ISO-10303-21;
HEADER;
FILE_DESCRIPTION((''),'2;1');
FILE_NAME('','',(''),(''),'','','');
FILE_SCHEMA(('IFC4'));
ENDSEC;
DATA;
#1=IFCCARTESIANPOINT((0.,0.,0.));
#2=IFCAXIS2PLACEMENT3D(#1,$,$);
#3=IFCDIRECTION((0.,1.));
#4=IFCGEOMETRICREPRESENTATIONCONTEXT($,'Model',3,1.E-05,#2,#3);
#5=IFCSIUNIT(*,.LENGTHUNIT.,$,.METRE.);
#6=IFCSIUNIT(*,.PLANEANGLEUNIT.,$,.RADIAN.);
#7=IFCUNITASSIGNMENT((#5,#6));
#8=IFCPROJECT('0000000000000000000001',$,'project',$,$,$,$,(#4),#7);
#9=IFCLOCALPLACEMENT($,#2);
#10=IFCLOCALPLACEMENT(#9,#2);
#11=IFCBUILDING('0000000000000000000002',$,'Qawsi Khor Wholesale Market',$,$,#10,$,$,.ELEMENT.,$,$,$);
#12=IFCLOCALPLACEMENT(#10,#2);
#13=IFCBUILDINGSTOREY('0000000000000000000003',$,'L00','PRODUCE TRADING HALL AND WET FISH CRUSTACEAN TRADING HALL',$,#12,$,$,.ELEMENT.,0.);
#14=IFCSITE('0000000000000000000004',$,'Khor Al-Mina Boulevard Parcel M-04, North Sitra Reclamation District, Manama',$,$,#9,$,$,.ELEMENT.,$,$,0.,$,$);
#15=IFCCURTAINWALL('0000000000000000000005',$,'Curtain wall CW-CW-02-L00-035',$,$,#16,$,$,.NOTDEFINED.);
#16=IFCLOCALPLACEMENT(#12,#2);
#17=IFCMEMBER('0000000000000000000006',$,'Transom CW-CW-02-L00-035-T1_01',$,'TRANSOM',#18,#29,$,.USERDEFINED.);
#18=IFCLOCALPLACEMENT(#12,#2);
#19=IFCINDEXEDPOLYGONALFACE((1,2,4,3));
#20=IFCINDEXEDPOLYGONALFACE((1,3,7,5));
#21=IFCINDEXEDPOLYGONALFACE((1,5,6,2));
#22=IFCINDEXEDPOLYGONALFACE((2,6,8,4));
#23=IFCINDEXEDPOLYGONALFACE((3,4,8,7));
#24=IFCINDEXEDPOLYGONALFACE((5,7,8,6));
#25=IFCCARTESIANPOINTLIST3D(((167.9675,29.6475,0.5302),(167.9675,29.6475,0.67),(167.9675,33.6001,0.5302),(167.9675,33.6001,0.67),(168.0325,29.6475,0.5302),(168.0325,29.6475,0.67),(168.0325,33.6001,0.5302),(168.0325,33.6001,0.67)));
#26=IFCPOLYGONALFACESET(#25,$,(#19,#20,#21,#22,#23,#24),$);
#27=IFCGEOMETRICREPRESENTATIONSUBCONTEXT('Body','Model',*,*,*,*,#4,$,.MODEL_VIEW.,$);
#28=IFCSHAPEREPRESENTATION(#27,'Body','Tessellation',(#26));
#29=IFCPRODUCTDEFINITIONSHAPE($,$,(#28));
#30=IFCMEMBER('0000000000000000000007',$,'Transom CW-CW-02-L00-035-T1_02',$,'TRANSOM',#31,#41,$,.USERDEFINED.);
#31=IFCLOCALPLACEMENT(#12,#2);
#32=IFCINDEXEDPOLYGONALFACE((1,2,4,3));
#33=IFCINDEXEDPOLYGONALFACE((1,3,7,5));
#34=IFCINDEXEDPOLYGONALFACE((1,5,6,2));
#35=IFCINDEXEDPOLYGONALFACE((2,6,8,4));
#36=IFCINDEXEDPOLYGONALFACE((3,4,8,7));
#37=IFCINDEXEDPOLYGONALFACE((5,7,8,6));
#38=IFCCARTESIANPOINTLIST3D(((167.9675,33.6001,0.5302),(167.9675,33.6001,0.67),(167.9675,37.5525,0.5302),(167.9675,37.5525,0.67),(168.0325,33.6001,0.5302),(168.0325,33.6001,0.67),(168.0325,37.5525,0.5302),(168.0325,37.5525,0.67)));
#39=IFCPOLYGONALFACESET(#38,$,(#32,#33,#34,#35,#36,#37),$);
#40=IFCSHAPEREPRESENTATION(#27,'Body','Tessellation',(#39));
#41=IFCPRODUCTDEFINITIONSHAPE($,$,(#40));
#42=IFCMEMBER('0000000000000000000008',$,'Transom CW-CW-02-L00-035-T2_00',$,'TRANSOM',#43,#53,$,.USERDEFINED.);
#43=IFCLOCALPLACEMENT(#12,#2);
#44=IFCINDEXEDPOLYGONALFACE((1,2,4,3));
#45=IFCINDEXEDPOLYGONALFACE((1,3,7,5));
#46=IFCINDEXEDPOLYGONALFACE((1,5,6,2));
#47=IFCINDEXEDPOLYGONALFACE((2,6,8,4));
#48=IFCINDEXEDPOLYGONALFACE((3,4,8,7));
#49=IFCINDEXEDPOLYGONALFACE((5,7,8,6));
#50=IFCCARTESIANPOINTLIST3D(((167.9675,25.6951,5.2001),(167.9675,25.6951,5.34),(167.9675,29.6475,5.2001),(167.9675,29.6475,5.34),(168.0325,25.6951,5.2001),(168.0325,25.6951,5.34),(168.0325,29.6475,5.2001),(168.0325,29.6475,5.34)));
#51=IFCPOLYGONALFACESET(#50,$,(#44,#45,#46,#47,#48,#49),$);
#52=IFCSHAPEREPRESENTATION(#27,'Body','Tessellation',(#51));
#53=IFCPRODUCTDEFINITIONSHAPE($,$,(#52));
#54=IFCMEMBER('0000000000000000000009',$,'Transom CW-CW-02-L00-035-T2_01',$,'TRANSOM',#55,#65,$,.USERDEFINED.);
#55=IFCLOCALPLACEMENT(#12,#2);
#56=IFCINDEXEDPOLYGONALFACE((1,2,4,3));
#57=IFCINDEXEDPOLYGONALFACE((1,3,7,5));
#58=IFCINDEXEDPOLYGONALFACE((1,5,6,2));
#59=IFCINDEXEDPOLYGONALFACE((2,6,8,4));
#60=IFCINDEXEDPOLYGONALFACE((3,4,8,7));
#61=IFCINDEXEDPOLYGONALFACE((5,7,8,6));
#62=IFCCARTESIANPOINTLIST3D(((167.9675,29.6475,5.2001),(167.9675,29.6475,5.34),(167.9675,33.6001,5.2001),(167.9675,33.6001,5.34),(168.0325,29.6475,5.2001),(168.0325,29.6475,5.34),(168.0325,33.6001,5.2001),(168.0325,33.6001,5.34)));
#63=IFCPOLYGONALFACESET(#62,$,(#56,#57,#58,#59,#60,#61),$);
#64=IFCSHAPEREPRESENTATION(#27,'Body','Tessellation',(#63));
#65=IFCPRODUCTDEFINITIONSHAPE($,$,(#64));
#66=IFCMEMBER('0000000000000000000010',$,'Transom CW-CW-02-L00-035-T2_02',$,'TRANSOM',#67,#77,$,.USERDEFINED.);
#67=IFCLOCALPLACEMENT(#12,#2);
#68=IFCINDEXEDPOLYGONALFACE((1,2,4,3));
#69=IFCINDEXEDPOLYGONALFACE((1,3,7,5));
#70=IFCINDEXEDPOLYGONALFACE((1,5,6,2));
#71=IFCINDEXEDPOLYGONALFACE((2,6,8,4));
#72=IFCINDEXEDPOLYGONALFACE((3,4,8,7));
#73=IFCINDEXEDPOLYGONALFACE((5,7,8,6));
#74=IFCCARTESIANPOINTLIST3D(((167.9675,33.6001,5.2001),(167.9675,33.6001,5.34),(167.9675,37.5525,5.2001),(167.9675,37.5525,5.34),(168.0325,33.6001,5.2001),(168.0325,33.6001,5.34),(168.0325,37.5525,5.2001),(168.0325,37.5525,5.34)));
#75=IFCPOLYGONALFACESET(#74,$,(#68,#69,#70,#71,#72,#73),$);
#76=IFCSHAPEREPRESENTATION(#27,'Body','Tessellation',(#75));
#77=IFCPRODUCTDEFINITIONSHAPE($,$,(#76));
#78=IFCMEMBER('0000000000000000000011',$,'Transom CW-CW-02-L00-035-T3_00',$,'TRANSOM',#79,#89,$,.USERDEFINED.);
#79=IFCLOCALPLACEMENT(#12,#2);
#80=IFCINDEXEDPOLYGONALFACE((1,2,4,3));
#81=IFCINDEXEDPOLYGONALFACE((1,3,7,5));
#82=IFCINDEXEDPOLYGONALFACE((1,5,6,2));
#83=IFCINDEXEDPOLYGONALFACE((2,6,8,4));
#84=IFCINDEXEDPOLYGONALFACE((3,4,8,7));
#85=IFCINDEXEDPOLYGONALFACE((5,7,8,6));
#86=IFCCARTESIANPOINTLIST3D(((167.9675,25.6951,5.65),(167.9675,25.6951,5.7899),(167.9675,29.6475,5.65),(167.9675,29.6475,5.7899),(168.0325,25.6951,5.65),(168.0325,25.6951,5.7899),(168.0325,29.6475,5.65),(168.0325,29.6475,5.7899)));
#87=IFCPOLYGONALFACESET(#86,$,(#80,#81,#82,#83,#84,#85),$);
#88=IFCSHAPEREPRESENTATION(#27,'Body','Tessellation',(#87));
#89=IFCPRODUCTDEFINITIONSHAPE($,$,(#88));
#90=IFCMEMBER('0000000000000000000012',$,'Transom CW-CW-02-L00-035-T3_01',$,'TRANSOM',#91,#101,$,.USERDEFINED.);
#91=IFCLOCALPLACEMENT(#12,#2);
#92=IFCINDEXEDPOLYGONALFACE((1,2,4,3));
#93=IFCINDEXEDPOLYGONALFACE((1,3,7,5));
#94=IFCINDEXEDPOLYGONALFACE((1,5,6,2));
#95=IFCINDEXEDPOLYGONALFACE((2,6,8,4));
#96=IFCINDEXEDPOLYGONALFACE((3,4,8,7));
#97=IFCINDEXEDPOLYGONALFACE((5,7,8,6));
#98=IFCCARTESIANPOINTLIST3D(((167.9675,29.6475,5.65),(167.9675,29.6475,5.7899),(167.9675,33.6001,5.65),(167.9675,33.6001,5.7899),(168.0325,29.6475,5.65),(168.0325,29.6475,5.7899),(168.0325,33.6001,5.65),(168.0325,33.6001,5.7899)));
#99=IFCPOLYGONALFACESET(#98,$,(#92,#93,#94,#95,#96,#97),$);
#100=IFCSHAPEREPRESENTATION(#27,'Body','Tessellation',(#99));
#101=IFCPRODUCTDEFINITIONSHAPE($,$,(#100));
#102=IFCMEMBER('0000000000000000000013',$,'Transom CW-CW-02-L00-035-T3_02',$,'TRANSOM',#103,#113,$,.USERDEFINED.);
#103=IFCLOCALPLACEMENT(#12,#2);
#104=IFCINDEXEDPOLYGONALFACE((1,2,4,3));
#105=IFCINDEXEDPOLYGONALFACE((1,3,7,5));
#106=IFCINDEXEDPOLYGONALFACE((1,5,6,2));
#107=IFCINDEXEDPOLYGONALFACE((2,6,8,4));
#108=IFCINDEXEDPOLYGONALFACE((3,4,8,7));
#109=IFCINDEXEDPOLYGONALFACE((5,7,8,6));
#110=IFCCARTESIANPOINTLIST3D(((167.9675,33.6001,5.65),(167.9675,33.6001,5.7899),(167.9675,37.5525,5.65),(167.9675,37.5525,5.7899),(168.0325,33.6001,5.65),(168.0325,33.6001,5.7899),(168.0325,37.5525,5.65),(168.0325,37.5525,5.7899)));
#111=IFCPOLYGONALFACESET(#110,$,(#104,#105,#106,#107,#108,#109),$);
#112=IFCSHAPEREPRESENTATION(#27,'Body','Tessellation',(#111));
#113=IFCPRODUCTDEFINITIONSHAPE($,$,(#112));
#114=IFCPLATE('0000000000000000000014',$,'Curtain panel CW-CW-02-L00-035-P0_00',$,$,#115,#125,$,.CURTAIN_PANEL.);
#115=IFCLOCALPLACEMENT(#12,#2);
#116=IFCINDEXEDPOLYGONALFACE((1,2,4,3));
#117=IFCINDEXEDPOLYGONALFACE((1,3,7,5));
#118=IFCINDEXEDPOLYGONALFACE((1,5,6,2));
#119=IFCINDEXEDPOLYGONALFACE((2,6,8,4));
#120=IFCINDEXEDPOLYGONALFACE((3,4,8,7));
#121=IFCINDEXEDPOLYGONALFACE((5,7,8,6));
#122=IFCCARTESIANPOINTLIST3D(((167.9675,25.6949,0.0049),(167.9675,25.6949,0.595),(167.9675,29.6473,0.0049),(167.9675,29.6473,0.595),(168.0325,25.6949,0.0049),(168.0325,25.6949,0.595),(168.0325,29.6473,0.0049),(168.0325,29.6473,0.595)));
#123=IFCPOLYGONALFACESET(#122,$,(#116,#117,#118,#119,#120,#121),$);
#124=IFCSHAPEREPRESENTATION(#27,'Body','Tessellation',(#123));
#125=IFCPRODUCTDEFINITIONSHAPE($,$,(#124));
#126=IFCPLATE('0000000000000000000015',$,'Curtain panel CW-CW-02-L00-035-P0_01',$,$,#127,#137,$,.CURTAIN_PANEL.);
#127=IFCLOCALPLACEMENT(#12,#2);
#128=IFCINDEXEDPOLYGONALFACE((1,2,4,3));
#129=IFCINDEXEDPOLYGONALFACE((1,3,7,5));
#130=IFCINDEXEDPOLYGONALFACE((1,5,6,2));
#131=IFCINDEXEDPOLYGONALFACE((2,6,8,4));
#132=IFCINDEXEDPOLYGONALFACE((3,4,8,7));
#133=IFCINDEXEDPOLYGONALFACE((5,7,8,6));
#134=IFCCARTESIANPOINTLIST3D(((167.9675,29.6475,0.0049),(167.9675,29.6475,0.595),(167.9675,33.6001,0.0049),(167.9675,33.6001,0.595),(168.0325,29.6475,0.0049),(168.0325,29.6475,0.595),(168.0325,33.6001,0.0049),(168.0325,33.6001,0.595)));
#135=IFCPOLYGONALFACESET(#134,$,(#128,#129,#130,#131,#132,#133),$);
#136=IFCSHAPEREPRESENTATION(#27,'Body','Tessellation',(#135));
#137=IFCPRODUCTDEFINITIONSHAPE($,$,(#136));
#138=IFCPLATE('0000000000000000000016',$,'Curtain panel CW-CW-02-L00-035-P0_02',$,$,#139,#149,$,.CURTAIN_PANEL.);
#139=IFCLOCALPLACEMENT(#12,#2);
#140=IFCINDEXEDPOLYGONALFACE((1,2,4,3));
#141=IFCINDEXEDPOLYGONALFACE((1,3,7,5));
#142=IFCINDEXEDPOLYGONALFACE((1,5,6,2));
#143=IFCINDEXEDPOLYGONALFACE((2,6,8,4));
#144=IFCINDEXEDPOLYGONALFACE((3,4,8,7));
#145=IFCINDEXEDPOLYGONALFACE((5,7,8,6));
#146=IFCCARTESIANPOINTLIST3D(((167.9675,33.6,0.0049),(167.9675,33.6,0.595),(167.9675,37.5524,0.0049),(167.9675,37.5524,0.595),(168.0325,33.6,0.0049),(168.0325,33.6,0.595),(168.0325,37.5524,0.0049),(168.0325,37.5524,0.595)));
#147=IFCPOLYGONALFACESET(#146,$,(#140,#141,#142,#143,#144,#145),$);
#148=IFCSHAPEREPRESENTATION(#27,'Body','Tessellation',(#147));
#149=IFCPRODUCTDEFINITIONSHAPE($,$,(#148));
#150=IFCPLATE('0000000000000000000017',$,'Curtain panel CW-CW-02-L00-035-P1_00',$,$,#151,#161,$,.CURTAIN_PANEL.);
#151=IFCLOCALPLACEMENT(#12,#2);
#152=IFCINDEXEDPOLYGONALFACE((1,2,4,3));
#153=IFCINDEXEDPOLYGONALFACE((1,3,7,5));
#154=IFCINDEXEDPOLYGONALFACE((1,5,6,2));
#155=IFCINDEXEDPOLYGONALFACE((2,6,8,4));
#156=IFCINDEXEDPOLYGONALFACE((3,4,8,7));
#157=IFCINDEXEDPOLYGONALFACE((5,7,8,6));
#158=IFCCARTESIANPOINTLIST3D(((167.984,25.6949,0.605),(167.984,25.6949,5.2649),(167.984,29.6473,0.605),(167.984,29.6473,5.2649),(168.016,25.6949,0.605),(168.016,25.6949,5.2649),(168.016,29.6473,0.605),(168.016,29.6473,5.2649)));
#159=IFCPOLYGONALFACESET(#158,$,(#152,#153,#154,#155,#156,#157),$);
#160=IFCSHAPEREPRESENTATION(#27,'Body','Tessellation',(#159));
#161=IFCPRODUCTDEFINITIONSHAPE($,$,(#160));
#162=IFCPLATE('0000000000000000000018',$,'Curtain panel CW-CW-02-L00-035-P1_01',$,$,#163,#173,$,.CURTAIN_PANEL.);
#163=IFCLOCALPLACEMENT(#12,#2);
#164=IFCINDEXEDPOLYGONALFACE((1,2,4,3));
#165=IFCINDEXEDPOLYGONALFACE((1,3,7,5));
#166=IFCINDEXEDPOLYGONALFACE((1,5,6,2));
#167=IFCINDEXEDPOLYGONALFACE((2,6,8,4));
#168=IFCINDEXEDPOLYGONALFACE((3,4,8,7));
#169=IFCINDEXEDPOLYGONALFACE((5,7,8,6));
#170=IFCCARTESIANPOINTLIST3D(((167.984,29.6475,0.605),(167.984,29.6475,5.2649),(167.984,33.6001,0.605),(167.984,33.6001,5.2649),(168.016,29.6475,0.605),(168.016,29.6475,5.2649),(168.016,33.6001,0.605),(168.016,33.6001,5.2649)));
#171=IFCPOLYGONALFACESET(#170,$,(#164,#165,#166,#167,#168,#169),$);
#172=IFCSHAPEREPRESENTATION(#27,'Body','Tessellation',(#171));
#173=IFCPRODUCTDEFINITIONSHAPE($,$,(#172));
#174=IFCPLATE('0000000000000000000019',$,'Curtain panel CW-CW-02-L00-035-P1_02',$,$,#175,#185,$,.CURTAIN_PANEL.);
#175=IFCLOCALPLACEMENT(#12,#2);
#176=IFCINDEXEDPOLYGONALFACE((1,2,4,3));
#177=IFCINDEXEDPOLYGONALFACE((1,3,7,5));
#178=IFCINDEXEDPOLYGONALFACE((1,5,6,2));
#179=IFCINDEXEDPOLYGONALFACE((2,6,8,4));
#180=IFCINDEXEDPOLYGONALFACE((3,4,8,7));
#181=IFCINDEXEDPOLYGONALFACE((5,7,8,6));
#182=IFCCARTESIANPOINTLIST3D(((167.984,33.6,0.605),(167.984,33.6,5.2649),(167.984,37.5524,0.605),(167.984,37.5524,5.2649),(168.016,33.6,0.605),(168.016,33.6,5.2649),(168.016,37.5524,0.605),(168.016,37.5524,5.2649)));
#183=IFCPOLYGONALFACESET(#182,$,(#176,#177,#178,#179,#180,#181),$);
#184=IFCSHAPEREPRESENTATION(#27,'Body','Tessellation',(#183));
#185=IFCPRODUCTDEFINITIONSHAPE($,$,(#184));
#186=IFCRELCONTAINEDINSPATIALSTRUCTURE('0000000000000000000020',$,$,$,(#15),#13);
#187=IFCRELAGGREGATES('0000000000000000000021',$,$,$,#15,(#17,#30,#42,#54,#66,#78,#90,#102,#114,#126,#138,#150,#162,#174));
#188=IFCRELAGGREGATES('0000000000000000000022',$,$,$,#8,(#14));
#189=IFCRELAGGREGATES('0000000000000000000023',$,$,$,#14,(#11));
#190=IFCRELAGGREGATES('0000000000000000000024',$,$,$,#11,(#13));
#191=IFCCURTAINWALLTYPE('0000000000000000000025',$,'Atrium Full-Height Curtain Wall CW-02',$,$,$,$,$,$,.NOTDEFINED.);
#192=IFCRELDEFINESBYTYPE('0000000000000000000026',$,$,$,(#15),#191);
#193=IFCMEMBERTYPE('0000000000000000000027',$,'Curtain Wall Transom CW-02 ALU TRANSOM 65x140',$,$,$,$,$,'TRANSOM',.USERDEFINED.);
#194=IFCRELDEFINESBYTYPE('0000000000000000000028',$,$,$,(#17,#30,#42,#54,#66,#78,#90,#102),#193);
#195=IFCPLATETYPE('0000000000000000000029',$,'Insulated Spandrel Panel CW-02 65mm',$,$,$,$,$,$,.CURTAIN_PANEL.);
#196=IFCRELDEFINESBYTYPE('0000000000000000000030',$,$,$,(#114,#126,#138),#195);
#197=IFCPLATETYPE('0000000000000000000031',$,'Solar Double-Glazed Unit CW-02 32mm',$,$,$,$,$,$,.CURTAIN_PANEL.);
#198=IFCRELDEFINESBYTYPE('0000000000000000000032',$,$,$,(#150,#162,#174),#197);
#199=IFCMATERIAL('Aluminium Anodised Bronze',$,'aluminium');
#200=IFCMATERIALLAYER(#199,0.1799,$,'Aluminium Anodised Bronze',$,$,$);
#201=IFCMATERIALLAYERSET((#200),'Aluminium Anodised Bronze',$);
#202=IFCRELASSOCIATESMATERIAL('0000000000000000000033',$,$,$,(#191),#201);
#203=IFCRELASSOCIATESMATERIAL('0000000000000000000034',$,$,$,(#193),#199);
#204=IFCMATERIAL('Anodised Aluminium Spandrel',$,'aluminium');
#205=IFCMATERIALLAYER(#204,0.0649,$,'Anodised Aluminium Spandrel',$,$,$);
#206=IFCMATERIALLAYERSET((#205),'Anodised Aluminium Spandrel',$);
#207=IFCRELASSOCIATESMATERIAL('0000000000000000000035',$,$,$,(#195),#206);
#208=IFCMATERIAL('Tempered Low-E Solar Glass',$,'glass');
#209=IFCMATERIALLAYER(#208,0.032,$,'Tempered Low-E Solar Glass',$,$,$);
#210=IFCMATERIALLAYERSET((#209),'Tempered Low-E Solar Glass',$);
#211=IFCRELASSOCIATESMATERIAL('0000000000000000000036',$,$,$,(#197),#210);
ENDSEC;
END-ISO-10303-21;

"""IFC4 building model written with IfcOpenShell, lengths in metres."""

from ifc_helpers import new_model, si_unit, direction, frame, frame_2d, origin, origin_2d, place, context, subcontext, project, spatial, rectangle, extrude, material, layer, layer_set, material_profile, profile_set, type_object, element, aggregate, save


model = new_model("IFC4")

# Units and contexts
model_context = context("Model", 3, precision=1e-05, world=origin(), true_north=direction((0.0, 1.0)))
body_context = subcontext(model_context, "Body", "Model", "MODEL_VIEW")
ifc_project = project(units=[si_unit("LENGTHUNIT", "METRE"), si_unit("PLANEANGLEUNIT", "RADIAN")], contexts=[model_context])

# Site, building, storey
site_placement = place(None, origin())
site = spatial("IfcSite", under=ifc_project, at=site_placement, Name="Khor Al-Mina Boulevard Parcel M-04, North Sitra Reclamation District, Manama", CompositionType="ELEMENT", RefElevation=0.0)
building_placement = place(site_placement, origin())
building = spatial("IfcBuilding", under=site, at=building_placement, Name="Qawsi Khor Wholesale Market", CompositionType="ELEMENT")
storey_placement = place(building_placement, origin())
storey = spatial("IfcBuildingStorey", under=building, at=storey_placement, Name="L00", Description="PRODUCE TRADING HALL AND WET FISH CRUSTACEAN TRADING HALL", CompositionType="ELEMENT", Elevation=0.0)

# Shared definitions
ifc_material_1 = material(Name="Aluminium Anodised Bronze", Category="aluminium")
ifc_layer_1 = layer(ifc_material_1, 0.1799, Name="Aluminium Anodised Bronze")
ifc_layer_set_1 = layer_set([ifc_layer_1], Name="Aluminium Anodised Bronze")
curtain_wall_type = type_object("IfcCurtainWallType", Name="Atrium Full-Height Curtain Wall CW-02", PredefinedType="NOTDEFINED", material=ifc_layer_set_1)

# Curtain wall, members, plates
curtain_wall_1_placement = place(storey_placement, origin())
curtain_wall_1 = element("IfcCurtainWall", 1, at=curtain_wall_1_placement, inside=storey, type_object=curtain_wall_type, Name="Curtain wall CW-CW-02-L00-035", PredefinedType="NOTDEFINED")
ifc_material_profile_1 = material_profile(ifc_material_1, rectangle(XDim=0.0649, YDim=0.1399, at=origin_2d()), Name="ALU TRANSOM 65x140")
ifc_profile_set_1 = profile_set([ifc_material_profile_1], Name="Aluminium Anodised Bronze")
member_type_1 = type_object("IfcMemberType", Name="Curtain Wall Transom CW-02 ALU TRANSOM 65x140", ElementType="TRANSOM", PredefinedType="USERDEFINED", material=ifc_profile_set_1)
member_1_placement = place(storey_placement, frame((168.0, 29.6475, 0.6001), z_axis=(0.0, 1.0, 0.0), x_axis=(-1.0, 0.0, 0.0)))
member_1 = element("IfcMember", 2, at=member_1_placement, type_object=member_type_1, Name="Transom CW-CW-02-L00-035-T1_01", ObjectType="TRANSOM", PredefinedType="USERDEFINED", context=body_context, shape_type="SweptSolid", body=[
    extrude(rectangle(XDim=0.0649, YDim=0.1399, at=origin_2d()), origin(), (0.0, 0.0, 1.0), 3.9526),
])
member_2_placement = place(storey_placement, frame((168.0, 33.6001, 0.6001), z_axis=(0.0, 1.0, 0.0), x_axis=(-1.0, 0.0, 0.0)))
member_2 = element("IfcMember", 3, at=member_2_placement, type_object=member_type_1, Name="Transom CW-CW-02-L00-035-T1_02", ObjectType="TRANSOM", PredefinedType="USERDEFINED", context=body_context, shape_type="SweptSolid", body=[
    extrude(rectangle(XDim=0.0649, YDim=0.1399, at=origin_2d()), origin(), (0.0, 0.0, 1.0), 3.9524),
])
member_3_placement = place(storey_placement, frame((168.0, 25.6951, 5.27), z_axis=(0.0, 1.0, 0.0), x_axis=(-1.0, 0.0, 0.0)))
member_3 = element("IfcMember", 4, at=member_3_placement, type_object=member_type_1, Name="Transom CW-CW-02-L00-035-T2_00", ObjectType="TRANSOM", PredefinedType="USERDEFINED", context=body_context, shape_type="SweptSolid", body=[
    extrude(rectangle(XDim=0.0649, YDim=0.1399, at=origin_2d()), origin(), (0.0, 0.0, 1.0), 3.9524),
])
member_4_placement = place(storey_placement, frame((168.0, 29.6475, 5.27), z_axis=(0.0, 1.0, 0.0), x_axis=(-1.0, 0.0, 0.0)))
member_4 = element("IfcMember", 5, at=member_4_placement, type_object=member_type_1, Name="Transom CW-CW-02-L00-035-T2_01", ObjectType="TRANSOM", PredefinedType="USERDEFINED", context=body_context, shape_type="SweptSolid", body=[
    extrude(rectangle(XDim=0.0649, YDim=0.1399, at=origin_2d()), origin(), (0.0, 0.0, 1.0), 3.9526),
])
member_5_placement = place(storey_placement, frame((168.0, 33.6001, 5.27), z_axis=(0.0, 1.0, 0.0), x_axis=(-1.0, 0.0, 0.0)))
member_5 = element("IfcMember", 6, at=member_5_placement, type_object=member_type_1, Name="Transom CW-CW-02-L00-035-T2_02", ObjectType="TRANSOM", PredefinedType="USERDEFINED", context=body_context, shape_type="SweptSolid", body=[
    extrude(rectangle(XDim=0.0649, YDim=0.1399, at=origin_2d()), origin(), (0.0, 0.0, 1.0), 3.9524),
])
member_6_placement = place(storey_placement, frame((168.0, 25.6951, 5.72), z_axis=(0.0, 1.0, 0.0), x_axis=(-1.0, 0.0, 0.0)))
member_6 = element("IfcMember", 7, at=member_6_placement, type_object=member_type_1, Name="Transom CW-CW-02-L00-035-T3_00", ObjectType="TRANSOM", PredefinedType="USERDEFINED", context=body_context, shape_type="SweptSolid", body=[
    extrude(rectangle(XDim=0.0649, YDim=0.1399, at=origin_2d()), origin(), (0.0, 0.0, 1.0), 3.9524),
])
member_7_placement = place(storey_placement, frame((168.0, 29.6475, 5.72), z_axis=(0.0, 1.0, 0.0), x_axis=(-1.0, 0.0, 0.0)))
member_7 = element("IfcMember", 8, at=member_7_placement, type_object=member_type_1, Name="Transom CW-CW-02-L00-035-T3_01", ObjectType="TRANSOM", PredefinedType="USERDEFINED", context=body_context, shape_type="SweptSolid", body=[
    extrude(rectangle(XDim=0.0649, YDim=0.1399, at=origin_2d()), origin(), (0.0, 0.0, 1.0), 3.9526),
])
member_8_placement = place(storey_placement, frame((168.0, 33.6001, 5.72), z_axis=(0.0, 1.0, 0.0), x_axis=(-1.0, 0.0, 0.0)))
member_8 = element("IfcMember", 9, at=member_8_placement, type_object=member_type_1, Name="Transom CW-CW-02-L00-035-T3_02", ObjectType="TRANSOM", PredefinedType="USERDEFINED", context=body_context, shape_type="SweptSolid", body=[
    extrude(rectangle(XDim=0.0649, YDim=0.1399, at=origin_2d()), origin(), (0.0, 0.0, 1.0), 3.9524),
])
ifc_material_2 = material(Name="Anodised Aluminium Spandrel", Category="aluminium")
ifc_layer_2 = layer(ifc_material_2, 0.0649, Name="Anodised Aluminium Spandrel")
ifc_layer_set_2 = layer_set([ifc_layer_2], Name="Anodised Aluminium Spandrel")
plate_type_1 = type_object("IfcPlateType", Name="Insulated Spandrel Panel CW-02 65mm", PredefinedType="CURTAIN_PANEL", material=ifc_layer_set_2)
plate_1_placement = place(storey_placement, frame((168.0, 25.6951, 0.0049), z_axis=(0.0, 0.0, 1.0), x_axis=(0.0, 1.0, 0.0)))
plate_1 = element("IfcPlate", 10, at=plate_1_placement, type_object=plate_type_1, Name="Curtain panel CW-CW-02-L00-035-P0_00", PredefinedType="CURTAIN_PANEL", context=body_context, shape_type="SweptSolid", body=[
    extrude(rectangle(XDim=3.9524, YDim=0.0649, at=frame_2d((1.9761, 0.0))), origin(), (0.0, 0.0, 1.0), 0.5901),
])
plate_2_placement = place(storey_placement, frame((168.0, 29.6475, 0.0049), z_axis=(0.0, 0.0, 1.0), x_axis=(0.0, 1.0, 0.0)))
plate_2 = element("IfcPlate", 11, at=plate_2_placement, type_object=plate_type_1, Name="Curtain panel CW-CW-02-L00-035-P0_01", PredefinedType="CURTAIN_PANEL", context=body_context, shape_type="SweptSolid", body=[
    extrude(rectangle(XDim=3.9526, YDim=0.0649, at=frame_2d((1.9763, 0.0))), origin(), (0.0, 0.0, 1.0), 0.5901),
])
plate_3_placement = place(storey_placement, frame((168.0, 33.6001, 0.0049), z_axis=(0.0, 0.0, 1.0), x_axis=(0.0, 1.0, 0.0)))
plate_3 = element("IfcPlate", 12, at=plate_3_placement, type_object=plate_type_1, Name="Curtain panel CW-CW-02-L00-035-P0_02", PredefinedType="CURTAIN_PANEL", context=body_context, shape_type="SweptSolid", body=[
    extrude(rectangle(XDim=3.9524, YDim=0.0649, at=frame_2d((1.9761, 0.0))), origin(), (0.0, 0.0, 1.0), 0.5901),
])
ifc_material_3 = material(Name="Tempered Low-E Solar Glass", Category="glass")
ifc_layer_3 = layer(ifc_material_3, 0.032, Name="Tempered Low-E Solar Glass")
ifc_layer_set_3 = layer_set([ifc_layer_3], Name="Tempered Low-E Solar Glass")
plate_type_2 = type_object("IfcPlateType", Name="Solar Double-Glazed Unit CW-02 32mm", PredefinedType="CURTAIN_PANEL", material=ifc_layer_set_3)
plate_4_placement = place(storey_placement, frame((168.0, 25.6951, 0.605), z_axis=(0.0, 0.0, 1.0), x_axis=(0.0, 1.0, 0.0)))
plate_4 = element("IfcPlate", 13, at=plate_4_placement, type_object=plate_type_2, Name="Curtain panel CW-CW-02-L00-035-P1_00", PredefinedType="CURTAIN_PANEL", context=body_context, shape_type="SweptSolid", body=[
    extrude(rectangle(XDim=3.9524, YDim=0.032, at=frame_2d((1.9761, 0.0))), origin(), (0.0, 0.0, 1.0), 4.6599),
])
plate_5_placement = place(storey_placement, frame((168.0, 29.6475, 0.605), z_axis=(0.0, 0.0, 1.0), x_axis=(0.0, 1.0, 0.0)))
plate_5 = element("IfcPlate", 14, at=plate_5_placement, type_object=plate_type_2, Name="Curtain panel CW-CW-02-L00-035-P1_01", PredefinedType="CURTAIN_PANEL", context=body_context, shape_type="SweptSolid", body=[
    extrude(rectangle(XDim=3.9526, YDim=0.032, at=frame_2d((1.9763, 0.0))), origin(), (0.0, 0.0, 1.0), 4.6599),
])
plate_6_placement = place(storey_placement, frame((168.0, 33.6001, 0.605), z_axis=(0.0, 0.0, 1.0), x_axis=(0.0, 1.0, 0.0)))
plate_6 = element("IfcPlate", 15, at=plate_6_placement, type_object=plate_type_2, Name="Curtain panel CW-CW-02-L00-035-P1_02", PredefinedType="CURTAIN_PANEL", context=body_context, shape_type="SweptSolid", body=[
    extrude(rectangle(XDim=3.9524, YDim=0.032, at=frame_2d((1.9761, 0.0))), origin(), (0.0, 0.0, 1.0), 4.6599),
])
aggregate(curtain_wall_1, [member_1, member_2, member_3, member_4, member_5, member_6, member_7, member_8, plate_1, plate_2, plate_3, plate_4, plate_5, plate_6])

save(model, "model.ifc")
